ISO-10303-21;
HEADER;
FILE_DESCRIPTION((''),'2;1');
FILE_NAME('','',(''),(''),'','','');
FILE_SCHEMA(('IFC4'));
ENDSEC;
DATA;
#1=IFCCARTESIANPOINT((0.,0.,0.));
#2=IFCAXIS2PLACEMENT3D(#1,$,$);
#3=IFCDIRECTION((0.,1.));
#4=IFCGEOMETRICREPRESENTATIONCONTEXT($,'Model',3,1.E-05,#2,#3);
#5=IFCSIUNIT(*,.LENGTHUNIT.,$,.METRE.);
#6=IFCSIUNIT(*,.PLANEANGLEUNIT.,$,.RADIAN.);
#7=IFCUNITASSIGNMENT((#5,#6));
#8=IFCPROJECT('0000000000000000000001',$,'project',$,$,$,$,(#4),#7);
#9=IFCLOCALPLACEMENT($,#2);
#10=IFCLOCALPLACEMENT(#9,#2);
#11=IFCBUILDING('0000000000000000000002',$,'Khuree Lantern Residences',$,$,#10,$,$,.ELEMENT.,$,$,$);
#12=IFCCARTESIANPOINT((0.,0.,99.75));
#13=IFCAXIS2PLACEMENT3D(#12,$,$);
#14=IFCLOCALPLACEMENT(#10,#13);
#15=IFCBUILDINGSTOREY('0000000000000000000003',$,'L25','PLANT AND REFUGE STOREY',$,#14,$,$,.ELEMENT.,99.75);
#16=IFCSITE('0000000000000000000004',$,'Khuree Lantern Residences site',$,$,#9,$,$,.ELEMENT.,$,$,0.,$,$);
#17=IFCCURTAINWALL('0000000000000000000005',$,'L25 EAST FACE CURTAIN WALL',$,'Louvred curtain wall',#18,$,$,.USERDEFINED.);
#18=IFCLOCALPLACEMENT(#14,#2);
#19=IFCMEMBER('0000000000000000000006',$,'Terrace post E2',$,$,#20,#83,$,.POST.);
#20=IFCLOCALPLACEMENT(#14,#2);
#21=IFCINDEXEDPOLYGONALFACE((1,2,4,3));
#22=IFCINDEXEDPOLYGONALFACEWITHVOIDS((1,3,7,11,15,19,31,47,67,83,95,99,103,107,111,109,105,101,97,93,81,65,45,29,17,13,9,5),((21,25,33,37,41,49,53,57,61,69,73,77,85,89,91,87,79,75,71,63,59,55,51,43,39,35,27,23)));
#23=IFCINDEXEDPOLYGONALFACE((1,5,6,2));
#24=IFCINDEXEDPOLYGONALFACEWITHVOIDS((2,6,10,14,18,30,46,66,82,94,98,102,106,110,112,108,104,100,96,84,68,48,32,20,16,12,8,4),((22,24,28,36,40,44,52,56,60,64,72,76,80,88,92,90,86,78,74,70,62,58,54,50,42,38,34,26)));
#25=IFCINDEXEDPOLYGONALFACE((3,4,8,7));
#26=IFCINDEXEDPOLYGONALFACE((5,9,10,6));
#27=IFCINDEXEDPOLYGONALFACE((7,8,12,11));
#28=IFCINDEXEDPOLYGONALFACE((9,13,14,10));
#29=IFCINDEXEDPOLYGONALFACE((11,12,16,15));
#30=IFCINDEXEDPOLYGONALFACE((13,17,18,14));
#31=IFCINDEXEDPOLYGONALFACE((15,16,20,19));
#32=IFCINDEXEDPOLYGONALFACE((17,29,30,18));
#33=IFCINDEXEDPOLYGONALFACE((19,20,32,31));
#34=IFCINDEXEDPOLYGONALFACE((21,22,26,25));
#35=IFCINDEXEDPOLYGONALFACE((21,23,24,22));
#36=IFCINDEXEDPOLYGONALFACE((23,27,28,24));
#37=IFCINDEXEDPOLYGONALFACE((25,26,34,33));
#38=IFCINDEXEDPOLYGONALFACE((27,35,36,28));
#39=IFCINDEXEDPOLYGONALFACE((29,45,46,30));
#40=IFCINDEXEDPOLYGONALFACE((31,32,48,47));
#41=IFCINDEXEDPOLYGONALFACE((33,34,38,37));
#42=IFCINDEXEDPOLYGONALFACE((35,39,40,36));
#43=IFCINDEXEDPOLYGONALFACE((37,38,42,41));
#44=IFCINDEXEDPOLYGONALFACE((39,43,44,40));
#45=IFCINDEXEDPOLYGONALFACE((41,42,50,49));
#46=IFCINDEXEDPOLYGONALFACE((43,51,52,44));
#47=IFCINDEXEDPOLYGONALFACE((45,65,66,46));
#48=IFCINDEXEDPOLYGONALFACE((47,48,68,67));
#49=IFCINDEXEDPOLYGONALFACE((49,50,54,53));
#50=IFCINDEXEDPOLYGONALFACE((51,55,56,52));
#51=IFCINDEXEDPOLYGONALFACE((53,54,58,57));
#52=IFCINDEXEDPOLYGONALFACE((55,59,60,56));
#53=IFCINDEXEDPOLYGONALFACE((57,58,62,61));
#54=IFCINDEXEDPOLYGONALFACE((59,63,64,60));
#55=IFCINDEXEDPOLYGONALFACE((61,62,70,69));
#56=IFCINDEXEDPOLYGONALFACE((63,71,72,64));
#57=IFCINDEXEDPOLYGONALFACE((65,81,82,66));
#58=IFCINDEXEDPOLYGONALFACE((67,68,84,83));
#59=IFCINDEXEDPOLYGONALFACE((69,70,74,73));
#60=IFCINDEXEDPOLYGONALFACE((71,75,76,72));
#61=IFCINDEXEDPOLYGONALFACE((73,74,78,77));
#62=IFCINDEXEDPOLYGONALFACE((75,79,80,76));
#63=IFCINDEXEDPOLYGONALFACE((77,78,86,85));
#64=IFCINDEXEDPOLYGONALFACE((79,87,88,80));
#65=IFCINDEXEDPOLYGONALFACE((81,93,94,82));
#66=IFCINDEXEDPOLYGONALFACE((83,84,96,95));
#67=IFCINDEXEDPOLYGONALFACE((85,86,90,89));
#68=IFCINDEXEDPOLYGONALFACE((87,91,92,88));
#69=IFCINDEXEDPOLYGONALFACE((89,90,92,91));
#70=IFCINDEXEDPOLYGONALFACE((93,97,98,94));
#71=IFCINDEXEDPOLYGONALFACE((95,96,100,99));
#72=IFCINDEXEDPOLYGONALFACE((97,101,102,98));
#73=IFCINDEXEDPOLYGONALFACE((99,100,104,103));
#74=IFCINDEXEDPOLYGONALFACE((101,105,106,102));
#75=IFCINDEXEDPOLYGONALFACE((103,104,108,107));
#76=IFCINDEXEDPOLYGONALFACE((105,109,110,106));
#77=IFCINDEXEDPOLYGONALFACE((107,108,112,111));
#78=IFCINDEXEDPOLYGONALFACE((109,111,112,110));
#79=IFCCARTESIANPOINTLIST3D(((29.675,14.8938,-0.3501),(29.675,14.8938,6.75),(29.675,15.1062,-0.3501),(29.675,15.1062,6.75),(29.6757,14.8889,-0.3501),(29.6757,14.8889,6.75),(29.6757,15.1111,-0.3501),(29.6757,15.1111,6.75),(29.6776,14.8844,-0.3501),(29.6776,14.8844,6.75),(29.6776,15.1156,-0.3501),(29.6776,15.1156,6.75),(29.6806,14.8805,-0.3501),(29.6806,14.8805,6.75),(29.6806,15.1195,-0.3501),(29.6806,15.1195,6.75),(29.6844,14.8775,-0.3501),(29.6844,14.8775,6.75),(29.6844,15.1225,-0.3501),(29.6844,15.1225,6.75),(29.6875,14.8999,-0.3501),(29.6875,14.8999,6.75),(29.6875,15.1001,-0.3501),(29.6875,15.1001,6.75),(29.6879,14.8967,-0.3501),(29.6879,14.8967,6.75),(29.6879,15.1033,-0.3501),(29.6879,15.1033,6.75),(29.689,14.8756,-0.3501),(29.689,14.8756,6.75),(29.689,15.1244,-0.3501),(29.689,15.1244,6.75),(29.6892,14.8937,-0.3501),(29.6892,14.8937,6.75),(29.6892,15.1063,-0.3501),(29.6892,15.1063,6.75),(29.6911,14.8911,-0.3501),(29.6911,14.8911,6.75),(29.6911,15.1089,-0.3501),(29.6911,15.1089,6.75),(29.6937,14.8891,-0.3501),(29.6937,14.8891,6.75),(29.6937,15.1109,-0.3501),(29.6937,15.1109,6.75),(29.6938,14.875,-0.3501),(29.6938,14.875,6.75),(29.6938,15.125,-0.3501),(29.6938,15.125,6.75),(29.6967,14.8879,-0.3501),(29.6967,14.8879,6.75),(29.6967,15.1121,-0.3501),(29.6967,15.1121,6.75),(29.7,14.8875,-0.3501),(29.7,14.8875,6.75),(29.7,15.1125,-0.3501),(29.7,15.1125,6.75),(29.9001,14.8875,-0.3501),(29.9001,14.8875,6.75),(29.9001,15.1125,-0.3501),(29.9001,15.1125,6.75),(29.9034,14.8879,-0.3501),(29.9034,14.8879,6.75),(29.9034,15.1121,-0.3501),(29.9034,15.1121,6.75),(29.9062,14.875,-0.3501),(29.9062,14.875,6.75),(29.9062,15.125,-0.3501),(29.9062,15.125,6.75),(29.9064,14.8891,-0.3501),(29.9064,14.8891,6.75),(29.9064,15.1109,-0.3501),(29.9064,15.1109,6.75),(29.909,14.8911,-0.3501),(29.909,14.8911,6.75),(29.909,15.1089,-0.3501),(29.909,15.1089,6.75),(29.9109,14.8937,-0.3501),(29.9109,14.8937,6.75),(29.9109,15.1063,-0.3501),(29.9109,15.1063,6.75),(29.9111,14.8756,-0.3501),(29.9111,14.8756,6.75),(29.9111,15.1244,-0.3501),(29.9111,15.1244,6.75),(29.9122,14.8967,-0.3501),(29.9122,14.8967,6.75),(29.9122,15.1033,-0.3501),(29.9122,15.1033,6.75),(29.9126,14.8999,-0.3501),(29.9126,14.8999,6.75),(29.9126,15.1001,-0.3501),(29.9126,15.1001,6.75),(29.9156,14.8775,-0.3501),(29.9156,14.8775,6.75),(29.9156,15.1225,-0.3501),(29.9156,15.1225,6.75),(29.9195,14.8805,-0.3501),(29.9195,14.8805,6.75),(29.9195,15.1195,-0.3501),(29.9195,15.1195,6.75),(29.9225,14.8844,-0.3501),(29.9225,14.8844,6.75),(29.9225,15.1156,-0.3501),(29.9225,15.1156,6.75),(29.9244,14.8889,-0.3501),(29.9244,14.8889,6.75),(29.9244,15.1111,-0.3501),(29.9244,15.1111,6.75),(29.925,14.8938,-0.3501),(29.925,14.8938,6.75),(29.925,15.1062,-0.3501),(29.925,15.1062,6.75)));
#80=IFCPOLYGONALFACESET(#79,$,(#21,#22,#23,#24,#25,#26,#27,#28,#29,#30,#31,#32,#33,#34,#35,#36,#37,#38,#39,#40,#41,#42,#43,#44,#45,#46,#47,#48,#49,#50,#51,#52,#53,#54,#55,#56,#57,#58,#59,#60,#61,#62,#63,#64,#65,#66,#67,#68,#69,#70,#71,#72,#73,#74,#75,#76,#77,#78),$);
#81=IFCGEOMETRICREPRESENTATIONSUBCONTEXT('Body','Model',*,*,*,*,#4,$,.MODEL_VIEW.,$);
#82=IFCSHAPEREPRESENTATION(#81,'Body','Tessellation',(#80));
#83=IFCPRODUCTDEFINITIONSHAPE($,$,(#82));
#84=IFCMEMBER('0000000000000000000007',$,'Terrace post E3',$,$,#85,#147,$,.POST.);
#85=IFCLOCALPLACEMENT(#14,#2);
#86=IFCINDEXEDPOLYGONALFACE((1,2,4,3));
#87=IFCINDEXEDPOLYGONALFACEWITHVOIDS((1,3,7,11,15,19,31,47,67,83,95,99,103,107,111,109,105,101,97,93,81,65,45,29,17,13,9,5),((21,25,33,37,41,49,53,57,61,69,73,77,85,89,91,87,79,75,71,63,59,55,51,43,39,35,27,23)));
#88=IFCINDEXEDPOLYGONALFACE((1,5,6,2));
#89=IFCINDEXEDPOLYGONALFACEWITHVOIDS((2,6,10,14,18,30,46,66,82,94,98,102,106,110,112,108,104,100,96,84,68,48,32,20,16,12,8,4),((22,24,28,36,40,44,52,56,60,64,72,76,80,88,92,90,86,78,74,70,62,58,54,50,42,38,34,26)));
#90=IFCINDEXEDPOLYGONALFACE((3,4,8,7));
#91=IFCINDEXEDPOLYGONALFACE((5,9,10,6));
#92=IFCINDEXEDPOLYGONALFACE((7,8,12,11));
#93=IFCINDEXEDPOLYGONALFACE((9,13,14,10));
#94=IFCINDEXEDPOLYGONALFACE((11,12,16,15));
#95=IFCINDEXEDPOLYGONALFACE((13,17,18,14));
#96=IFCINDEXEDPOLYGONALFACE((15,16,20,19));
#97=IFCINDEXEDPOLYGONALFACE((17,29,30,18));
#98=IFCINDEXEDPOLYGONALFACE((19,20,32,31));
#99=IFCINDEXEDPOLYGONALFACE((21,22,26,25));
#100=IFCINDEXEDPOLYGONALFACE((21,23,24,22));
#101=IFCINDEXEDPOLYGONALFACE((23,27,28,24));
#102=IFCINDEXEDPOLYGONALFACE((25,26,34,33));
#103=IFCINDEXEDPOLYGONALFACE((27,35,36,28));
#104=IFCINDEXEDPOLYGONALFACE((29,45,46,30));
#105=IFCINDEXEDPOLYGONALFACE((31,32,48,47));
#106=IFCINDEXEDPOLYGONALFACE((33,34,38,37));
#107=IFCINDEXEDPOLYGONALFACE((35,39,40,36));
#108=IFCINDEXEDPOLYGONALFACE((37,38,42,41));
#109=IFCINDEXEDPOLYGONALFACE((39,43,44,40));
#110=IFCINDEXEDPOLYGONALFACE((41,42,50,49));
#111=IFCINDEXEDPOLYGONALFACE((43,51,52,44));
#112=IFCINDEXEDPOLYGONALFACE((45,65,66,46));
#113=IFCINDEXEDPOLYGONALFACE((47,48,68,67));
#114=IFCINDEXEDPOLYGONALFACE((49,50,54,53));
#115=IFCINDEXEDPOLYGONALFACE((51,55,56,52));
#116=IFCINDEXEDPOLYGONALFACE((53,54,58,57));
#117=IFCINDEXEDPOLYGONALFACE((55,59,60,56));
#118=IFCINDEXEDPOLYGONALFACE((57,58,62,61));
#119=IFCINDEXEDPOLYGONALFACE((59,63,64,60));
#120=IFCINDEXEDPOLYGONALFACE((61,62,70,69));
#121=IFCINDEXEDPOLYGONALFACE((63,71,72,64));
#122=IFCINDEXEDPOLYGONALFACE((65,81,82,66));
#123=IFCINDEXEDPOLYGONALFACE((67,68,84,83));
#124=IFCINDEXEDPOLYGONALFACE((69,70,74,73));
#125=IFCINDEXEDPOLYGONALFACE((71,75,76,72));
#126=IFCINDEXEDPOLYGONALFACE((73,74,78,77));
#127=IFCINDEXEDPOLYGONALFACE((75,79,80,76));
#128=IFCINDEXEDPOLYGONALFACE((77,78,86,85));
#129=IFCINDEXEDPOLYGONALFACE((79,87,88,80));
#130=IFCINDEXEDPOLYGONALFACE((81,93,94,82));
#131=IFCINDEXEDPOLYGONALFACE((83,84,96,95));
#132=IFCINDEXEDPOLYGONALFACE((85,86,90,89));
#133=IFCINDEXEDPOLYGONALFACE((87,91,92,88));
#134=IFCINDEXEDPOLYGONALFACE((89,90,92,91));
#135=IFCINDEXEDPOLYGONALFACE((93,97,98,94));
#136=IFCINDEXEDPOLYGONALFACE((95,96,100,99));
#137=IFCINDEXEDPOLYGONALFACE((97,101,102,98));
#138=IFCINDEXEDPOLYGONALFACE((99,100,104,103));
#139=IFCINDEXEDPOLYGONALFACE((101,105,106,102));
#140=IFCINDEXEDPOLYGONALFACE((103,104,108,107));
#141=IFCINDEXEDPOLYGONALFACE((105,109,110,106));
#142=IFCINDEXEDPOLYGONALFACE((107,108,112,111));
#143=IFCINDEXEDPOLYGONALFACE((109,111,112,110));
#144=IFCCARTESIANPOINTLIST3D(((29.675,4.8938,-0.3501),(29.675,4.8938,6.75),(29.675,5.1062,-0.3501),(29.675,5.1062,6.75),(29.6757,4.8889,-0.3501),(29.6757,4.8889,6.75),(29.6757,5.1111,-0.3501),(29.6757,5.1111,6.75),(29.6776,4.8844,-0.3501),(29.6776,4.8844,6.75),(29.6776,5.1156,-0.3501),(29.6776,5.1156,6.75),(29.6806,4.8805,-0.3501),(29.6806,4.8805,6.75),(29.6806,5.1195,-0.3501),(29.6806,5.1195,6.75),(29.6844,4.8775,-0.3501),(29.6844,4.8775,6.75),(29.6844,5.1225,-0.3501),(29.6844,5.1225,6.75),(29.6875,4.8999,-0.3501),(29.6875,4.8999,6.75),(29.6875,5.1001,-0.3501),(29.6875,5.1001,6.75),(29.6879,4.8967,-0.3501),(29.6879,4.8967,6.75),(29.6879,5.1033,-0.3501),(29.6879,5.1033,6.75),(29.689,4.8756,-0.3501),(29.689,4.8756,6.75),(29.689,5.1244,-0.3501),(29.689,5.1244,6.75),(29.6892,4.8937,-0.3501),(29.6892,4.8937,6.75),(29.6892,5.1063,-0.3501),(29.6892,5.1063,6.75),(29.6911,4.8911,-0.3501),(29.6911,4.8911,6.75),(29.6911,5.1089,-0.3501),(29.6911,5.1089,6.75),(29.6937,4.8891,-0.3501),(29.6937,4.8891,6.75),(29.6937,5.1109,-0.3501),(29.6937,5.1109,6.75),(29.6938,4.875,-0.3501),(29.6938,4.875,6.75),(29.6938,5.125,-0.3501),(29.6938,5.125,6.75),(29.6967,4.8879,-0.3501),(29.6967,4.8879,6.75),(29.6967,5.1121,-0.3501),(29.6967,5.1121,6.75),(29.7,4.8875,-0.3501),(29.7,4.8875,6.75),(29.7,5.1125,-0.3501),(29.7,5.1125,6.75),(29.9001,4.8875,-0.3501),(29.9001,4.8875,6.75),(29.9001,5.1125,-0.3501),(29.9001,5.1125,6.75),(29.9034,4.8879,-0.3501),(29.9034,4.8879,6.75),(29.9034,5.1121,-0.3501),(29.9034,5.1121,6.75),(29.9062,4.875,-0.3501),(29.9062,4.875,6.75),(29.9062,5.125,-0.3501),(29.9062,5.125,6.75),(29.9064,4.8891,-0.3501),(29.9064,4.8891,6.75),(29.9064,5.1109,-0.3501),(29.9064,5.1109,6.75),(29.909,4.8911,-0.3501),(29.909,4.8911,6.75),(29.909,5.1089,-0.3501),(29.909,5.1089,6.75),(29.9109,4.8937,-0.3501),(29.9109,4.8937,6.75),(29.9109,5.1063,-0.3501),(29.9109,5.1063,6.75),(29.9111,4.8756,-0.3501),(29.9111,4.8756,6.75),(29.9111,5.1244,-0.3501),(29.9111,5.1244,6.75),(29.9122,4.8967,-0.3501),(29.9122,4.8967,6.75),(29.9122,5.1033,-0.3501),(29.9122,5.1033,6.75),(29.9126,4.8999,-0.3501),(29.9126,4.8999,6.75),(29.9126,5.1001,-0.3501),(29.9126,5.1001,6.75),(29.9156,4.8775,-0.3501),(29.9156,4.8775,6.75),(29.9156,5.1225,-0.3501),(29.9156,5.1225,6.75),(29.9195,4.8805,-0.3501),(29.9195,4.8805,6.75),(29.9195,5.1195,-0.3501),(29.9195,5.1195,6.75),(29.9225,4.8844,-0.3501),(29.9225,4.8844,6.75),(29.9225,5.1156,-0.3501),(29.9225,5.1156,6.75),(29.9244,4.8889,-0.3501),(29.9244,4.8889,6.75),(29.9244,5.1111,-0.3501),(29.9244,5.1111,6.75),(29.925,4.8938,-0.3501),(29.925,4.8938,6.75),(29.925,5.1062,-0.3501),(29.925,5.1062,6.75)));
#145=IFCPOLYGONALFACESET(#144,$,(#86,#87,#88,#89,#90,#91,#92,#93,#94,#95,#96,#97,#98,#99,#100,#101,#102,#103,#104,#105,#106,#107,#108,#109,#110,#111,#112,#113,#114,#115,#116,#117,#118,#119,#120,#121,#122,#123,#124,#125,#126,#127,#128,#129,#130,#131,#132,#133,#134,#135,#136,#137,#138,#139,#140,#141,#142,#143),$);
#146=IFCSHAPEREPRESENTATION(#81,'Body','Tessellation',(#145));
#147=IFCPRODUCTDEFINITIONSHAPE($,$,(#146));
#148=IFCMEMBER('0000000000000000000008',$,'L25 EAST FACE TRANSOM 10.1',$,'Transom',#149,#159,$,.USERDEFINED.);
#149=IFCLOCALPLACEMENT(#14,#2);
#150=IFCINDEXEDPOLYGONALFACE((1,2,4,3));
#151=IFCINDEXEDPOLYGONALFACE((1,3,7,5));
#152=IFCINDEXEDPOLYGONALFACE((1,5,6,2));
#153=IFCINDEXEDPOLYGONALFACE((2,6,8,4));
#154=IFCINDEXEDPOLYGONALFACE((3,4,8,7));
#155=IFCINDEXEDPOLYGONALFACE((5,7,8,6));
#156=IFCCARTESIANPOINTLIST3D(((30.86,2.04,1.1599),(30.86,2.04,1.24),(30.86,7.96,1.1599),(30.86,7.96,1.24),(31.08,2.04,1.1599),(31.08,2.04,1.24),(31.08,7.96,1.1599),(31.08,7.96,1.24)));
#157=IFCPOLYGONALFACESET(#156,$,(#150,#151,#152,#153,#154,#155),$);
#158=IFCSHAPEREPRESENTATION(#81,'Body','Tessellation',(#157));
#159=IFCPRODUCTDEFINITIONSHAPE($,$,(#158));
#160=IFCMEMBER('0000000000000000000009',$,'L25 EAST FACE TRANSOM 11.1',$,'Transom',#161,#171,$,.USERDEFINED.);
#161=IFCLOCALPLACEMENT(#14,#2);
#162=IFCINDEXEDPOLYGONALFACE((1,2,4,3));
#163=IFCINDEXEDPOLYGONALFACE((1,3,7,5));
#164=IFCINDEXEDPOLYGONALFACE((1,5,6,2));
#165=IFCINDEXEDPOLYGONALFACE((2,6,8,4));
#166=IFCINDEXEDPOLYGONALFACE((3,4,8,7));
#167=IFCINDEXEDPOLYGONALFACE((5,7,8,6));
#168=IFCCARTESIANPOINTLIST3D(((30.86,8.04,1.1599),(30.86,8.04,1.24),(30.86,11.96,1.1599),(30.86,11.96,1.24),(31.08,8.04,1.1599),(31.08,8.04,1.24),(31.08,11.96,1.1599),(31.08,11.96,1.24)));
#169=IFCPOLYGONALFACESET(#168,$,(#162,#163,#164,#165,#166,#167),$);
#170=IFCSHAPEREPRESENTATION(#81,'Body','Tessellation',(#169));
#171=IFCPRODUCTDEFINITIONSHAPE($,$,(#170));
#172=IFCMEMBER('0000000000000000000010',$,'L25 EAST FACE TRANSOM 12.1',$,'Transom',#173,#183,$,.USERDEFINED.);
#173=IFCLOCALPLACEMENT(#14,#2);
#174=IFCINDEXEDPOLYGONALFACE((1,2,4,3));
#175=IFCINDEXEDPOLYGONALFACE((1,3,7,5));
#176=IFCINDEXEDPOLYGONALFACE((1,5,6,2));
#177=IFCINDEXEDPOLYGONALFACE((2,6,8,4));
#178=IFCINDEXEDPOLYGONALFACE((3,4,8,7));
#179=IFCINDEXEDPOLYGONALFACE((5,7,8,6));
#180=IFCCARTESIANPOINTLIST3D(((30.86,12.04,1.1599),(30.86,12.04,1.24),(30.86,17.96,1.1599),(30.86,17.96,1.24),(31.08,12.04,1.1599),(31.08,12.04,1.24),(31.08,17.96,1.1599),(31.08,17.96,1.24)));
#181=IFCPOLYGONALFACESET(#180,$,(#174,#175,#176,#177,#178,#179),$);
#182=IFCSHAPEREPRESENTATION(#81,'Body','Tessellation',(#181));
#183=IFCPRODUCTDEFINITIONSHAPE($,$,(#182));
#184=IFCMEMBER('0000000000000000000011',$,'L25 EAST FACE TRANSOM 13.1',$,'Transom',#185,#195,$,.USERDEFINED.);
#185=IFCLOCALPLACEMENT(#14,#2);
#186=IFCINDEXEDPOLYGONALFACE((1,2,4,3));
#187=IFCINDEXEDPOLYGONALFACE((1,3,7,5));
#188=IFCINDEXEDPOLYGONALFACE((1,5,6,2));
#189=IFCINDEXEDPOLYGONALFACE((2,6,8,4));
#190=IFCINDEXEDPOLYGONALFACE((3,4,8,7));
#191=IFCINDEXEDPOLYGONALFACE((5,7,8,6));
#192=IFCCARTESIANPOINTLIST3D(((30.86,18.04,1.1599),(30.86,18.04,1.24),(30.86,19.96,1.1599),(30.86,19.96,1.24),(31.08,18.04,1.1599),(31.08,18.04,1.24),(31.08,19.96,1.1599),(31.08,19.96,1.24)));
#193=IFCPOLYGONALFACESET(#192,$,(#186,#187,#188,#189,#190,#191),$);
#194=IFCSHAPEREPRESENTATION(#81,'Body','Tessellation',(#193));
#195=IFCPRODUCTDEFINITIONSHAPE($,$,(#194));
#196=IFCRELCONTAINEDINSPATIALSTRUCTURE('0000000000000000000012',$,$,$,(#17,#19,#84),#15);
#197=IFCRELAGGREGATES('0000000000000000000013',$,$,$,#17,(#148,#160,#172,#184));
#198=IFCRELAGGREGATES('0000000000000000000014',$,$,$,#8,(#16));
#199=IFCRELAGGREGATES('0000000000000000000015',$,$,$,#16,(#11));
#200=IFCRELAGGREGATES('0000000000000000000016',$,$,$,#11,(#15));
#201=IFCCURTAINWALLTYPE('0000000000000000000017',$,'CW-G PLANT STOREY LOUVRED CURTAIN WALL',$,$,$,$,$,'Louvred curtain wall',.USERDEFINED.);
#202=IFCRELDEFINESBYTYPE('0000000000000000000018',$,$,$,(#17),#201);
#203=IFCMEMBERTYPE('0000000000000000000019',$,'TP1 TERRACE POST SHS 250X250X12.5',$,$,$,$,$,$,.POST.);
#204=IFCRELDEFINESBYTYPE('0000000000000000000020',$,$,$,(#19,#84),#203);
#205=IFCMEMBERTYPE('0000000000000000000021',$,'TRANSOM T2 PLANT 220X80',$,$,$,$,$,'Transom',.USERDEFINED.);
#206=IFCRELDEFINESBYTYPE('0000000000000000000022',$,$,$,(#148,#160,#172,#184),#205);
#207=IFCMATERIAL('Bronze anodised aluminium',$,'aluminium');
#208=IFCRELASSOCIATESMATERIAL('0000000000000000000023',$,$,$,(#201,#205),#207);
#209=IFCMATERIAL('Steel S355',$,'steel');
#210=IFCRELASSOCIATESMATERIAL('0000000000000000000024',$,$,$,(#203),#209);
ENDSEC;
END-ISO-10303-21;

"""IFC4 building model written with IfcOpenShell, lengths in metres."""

from ifc_helpers import new_model, si_unit, direction, frame, origin, origin_2d, place, context, subcontext, project, spatial, rectangle, hollow_rectangle, extrude, material, material_profile, profile_set, type_object, element, aggregate, save


model = new_model("IFC4")

# Units and contexts
model_context = context("Model", 3, precision=1e-05, world=origin(), true_north=direction((0.0, 1.0)))
body_context = subcontext(model_context, "Body", "Model", "MODEL_VIEW")
ifc_project = project(units=[si_unit("LENGTHUNIT", "METRE"), si_unit("PLANEANGLEUNIT", "RADIAN")], contexts=[model_context])

# Site, building, storey
site_placement = place(None, origin())
site = spatial("IfcSite", under=ifc_project, at=site_placement, Name="Khuree Lantern Residences site", CompositionType="ELEMENT", RefElevation=0.0)
building_placement = place(site_placement, origin())
building = spatial("IfcBuilding", under=site, at=building_placement, Name="Khuree Lantern Residences", CompositionType="ELEMENT")
storey_placement = place(building_placement, frame((0.0, 0.0, 99.75)))
storey = spatial("IfcBuildingStorey", under=building, at=storey_placement, Name="L25", Description="PLANT AND REFUGE STOREY", CompositionType="ELEMENT", Elevation=99.75)

# Shared definitions
ifc_material_1 = material(Name="Steel S355", Category="steel")

# Curtain wall
ifc_material_2 = material(Name="Bronze anodised aluminium", Category="aluminium")
curtain_wall_type = type_object("IfcCurtainWallType", Name="CW-G PLANT STOREY LOUVRED CURTAIN WALL", ElementType="Louvred curtain wall", PredefinedType="USERDEFINED", material=ifc_material_2)
curtain_wall_placement = place(storey_placement, origin())
curtain_wall = element("IfcCurtainWall", 1, at=curtain_wall_placement, inside=storey, type_object=curtain_wall_type, Name="L25 EAST FACE CURTAIN WALL", ObjectType="Louvred curtain wall", PredefinedType="USERDEFINED")

# Members
ifc_material_profile_1 = material_profile(ifc_material_1, hollow_rectangle(XDim=0.25, YDim=0.25, WallThickness=0.0125, InnerFilletRadius=0.0125, OuterFilletRadius=0.0188, at=origin_2d()), Name="SHS 250X250X12.5")
ifc_profile_set_1 = profile_set([ifc_material_profile_1], Name="Steel S355")
member_type_1 = type_object("IfcMemberType", Name="TP1 TERRACE POST SHS 250X250X12.5", PredefinedType="POST", material=ifc_profile_set_1)
for number, where, z_axis, x_axis, name in (
    (2, (29.8, 15.0, -0.3501), (0.0, 0.0, 1.0), (1.0, 0.0, 0.0), "Terrace post E2"),
    (3, (29.8, 5.0, -0.3501), (0.0, 0.0, 1.0), (1.0, 0.0, 0.0), "Terrace post E3"),
):
    element("IfcMember", number, at=place(storey_placement, frame(where, z_axis=z_axis, x_axis=x_axis)), inside=storey, type_object=member_type_1, Name=name, PredefinedType="POST", context=body_context, shape_type="SweptSolid", body=[
        extrude(hollow_rectangle(XDim=0.25, YDim=0.25, WallThickness=0.0125, InnerFilletRadius=0.0125, OuterFilletRadius=0.0188, at=origin_2d()), origin(), (0.0, 0.0, 1.0), 7.1001),
    ])

# Members
ifc_material_profile_2 = material_profile(ifc_material_2, rectangle(XDim=0.22, YDim=0.0801, at=origin_2d()), Name="T2 220X80")
ifc_profile_set_2 = profile_set([ifc_material_profile_2], Name="Bronze anodised aluminium")
member_type_2 = type_object("IfcMemberType", Name="TRANSOM T2 PLANT 220X80", ElementType="Transom", PredefinedType="USERDEFINED", material=ifc_profile_set_2)
member_1_placement = place(storey_placement, frame((30.97, 2.04, 1.2), z_axis=(0.0, 1.0, 0.0), x_axis=(-1.0, 0.0, 0.0)))
member_1 = element("IfcMember", 4, at=member_1_placement, type_object=member_type_2, Name="L25 EAST FACE TRANSOM 10.1", ObjectType="Transom", PredefinedType="USERDEFINED", context=body_context, shape_type="SweptSolid", body=[
    extrude(rectangle(XDim=0.22, YDim=0.0801, at=origin_2d()), origin(), (0.0, 0.0, 1.0), 5.9199),
])
member_2_placement = place(storey_placement, frame((30.97, 8.04, 1.2), z_axis=(0.0, 1.0, 0.0), x_axis=(-1.0, 0.0, 0.0)))
member_2 = element("IfcMember", 5, at=member_2_placement, type_object=member_type_2, Name="L25 EAST FACE TRANSOM 11.1", ObjectType="Transom", PredefinedType="USERDEFINED", context=body_context, shape_type="SweptSolid", body=[
    extrude(rectangle(XDim=0.22, YDim=0.0801, at=origin_2d()), origin(), (0.0, 0.0, 1.0), 3.9199),
])
member_3_placement = place(storey_placement, frame((30.97, 12.04, 1.2), z_axis=(0.0, 1.0, 0.0), x_axis=(-1.0, 0.0, 0.0)))
member_3 = element("IfcMember", 6, at=member_3_placement, type_object=member_type_2, Name="L25 EAST FACE TRANSOM 12.1", ObjectType="Transom", PredefinedType="USERDEFINED", context=body_context, shape_type="SweptSolid", body=[
    extrude(rectangle(XDim=0.22, YDim=0.0801, at=origin_2d()), origin(), (0.0, 0.0, 1.0), 5.9199),
])
member_4_placement = place(storey_placement, frame((30.97, 18.04, 1.2), z_axis=(0.0, 1.0, 0.0), x_axis=(-1.0, 0.0, 0.0)))
member_4 = element("IfcMember", 7, at=member_4_placement, type_object=member_type_2, Name="L25 EAST FACE TRANSOM 13.1", ObjectType="Transom", PredefinedType="USERDEFINED", context=body_context, shape_type="SweptSolid", body=[
    extrude(rectangle(XDim=0.22, YDim=0.0801, at=origin_2d()), origin(), (0.0, 0.0, 1.0), 1.9199),
])

aggregate(curtain_wall, [member_1, member_2, member_3, member_4])

save(model, "model.ifc")
